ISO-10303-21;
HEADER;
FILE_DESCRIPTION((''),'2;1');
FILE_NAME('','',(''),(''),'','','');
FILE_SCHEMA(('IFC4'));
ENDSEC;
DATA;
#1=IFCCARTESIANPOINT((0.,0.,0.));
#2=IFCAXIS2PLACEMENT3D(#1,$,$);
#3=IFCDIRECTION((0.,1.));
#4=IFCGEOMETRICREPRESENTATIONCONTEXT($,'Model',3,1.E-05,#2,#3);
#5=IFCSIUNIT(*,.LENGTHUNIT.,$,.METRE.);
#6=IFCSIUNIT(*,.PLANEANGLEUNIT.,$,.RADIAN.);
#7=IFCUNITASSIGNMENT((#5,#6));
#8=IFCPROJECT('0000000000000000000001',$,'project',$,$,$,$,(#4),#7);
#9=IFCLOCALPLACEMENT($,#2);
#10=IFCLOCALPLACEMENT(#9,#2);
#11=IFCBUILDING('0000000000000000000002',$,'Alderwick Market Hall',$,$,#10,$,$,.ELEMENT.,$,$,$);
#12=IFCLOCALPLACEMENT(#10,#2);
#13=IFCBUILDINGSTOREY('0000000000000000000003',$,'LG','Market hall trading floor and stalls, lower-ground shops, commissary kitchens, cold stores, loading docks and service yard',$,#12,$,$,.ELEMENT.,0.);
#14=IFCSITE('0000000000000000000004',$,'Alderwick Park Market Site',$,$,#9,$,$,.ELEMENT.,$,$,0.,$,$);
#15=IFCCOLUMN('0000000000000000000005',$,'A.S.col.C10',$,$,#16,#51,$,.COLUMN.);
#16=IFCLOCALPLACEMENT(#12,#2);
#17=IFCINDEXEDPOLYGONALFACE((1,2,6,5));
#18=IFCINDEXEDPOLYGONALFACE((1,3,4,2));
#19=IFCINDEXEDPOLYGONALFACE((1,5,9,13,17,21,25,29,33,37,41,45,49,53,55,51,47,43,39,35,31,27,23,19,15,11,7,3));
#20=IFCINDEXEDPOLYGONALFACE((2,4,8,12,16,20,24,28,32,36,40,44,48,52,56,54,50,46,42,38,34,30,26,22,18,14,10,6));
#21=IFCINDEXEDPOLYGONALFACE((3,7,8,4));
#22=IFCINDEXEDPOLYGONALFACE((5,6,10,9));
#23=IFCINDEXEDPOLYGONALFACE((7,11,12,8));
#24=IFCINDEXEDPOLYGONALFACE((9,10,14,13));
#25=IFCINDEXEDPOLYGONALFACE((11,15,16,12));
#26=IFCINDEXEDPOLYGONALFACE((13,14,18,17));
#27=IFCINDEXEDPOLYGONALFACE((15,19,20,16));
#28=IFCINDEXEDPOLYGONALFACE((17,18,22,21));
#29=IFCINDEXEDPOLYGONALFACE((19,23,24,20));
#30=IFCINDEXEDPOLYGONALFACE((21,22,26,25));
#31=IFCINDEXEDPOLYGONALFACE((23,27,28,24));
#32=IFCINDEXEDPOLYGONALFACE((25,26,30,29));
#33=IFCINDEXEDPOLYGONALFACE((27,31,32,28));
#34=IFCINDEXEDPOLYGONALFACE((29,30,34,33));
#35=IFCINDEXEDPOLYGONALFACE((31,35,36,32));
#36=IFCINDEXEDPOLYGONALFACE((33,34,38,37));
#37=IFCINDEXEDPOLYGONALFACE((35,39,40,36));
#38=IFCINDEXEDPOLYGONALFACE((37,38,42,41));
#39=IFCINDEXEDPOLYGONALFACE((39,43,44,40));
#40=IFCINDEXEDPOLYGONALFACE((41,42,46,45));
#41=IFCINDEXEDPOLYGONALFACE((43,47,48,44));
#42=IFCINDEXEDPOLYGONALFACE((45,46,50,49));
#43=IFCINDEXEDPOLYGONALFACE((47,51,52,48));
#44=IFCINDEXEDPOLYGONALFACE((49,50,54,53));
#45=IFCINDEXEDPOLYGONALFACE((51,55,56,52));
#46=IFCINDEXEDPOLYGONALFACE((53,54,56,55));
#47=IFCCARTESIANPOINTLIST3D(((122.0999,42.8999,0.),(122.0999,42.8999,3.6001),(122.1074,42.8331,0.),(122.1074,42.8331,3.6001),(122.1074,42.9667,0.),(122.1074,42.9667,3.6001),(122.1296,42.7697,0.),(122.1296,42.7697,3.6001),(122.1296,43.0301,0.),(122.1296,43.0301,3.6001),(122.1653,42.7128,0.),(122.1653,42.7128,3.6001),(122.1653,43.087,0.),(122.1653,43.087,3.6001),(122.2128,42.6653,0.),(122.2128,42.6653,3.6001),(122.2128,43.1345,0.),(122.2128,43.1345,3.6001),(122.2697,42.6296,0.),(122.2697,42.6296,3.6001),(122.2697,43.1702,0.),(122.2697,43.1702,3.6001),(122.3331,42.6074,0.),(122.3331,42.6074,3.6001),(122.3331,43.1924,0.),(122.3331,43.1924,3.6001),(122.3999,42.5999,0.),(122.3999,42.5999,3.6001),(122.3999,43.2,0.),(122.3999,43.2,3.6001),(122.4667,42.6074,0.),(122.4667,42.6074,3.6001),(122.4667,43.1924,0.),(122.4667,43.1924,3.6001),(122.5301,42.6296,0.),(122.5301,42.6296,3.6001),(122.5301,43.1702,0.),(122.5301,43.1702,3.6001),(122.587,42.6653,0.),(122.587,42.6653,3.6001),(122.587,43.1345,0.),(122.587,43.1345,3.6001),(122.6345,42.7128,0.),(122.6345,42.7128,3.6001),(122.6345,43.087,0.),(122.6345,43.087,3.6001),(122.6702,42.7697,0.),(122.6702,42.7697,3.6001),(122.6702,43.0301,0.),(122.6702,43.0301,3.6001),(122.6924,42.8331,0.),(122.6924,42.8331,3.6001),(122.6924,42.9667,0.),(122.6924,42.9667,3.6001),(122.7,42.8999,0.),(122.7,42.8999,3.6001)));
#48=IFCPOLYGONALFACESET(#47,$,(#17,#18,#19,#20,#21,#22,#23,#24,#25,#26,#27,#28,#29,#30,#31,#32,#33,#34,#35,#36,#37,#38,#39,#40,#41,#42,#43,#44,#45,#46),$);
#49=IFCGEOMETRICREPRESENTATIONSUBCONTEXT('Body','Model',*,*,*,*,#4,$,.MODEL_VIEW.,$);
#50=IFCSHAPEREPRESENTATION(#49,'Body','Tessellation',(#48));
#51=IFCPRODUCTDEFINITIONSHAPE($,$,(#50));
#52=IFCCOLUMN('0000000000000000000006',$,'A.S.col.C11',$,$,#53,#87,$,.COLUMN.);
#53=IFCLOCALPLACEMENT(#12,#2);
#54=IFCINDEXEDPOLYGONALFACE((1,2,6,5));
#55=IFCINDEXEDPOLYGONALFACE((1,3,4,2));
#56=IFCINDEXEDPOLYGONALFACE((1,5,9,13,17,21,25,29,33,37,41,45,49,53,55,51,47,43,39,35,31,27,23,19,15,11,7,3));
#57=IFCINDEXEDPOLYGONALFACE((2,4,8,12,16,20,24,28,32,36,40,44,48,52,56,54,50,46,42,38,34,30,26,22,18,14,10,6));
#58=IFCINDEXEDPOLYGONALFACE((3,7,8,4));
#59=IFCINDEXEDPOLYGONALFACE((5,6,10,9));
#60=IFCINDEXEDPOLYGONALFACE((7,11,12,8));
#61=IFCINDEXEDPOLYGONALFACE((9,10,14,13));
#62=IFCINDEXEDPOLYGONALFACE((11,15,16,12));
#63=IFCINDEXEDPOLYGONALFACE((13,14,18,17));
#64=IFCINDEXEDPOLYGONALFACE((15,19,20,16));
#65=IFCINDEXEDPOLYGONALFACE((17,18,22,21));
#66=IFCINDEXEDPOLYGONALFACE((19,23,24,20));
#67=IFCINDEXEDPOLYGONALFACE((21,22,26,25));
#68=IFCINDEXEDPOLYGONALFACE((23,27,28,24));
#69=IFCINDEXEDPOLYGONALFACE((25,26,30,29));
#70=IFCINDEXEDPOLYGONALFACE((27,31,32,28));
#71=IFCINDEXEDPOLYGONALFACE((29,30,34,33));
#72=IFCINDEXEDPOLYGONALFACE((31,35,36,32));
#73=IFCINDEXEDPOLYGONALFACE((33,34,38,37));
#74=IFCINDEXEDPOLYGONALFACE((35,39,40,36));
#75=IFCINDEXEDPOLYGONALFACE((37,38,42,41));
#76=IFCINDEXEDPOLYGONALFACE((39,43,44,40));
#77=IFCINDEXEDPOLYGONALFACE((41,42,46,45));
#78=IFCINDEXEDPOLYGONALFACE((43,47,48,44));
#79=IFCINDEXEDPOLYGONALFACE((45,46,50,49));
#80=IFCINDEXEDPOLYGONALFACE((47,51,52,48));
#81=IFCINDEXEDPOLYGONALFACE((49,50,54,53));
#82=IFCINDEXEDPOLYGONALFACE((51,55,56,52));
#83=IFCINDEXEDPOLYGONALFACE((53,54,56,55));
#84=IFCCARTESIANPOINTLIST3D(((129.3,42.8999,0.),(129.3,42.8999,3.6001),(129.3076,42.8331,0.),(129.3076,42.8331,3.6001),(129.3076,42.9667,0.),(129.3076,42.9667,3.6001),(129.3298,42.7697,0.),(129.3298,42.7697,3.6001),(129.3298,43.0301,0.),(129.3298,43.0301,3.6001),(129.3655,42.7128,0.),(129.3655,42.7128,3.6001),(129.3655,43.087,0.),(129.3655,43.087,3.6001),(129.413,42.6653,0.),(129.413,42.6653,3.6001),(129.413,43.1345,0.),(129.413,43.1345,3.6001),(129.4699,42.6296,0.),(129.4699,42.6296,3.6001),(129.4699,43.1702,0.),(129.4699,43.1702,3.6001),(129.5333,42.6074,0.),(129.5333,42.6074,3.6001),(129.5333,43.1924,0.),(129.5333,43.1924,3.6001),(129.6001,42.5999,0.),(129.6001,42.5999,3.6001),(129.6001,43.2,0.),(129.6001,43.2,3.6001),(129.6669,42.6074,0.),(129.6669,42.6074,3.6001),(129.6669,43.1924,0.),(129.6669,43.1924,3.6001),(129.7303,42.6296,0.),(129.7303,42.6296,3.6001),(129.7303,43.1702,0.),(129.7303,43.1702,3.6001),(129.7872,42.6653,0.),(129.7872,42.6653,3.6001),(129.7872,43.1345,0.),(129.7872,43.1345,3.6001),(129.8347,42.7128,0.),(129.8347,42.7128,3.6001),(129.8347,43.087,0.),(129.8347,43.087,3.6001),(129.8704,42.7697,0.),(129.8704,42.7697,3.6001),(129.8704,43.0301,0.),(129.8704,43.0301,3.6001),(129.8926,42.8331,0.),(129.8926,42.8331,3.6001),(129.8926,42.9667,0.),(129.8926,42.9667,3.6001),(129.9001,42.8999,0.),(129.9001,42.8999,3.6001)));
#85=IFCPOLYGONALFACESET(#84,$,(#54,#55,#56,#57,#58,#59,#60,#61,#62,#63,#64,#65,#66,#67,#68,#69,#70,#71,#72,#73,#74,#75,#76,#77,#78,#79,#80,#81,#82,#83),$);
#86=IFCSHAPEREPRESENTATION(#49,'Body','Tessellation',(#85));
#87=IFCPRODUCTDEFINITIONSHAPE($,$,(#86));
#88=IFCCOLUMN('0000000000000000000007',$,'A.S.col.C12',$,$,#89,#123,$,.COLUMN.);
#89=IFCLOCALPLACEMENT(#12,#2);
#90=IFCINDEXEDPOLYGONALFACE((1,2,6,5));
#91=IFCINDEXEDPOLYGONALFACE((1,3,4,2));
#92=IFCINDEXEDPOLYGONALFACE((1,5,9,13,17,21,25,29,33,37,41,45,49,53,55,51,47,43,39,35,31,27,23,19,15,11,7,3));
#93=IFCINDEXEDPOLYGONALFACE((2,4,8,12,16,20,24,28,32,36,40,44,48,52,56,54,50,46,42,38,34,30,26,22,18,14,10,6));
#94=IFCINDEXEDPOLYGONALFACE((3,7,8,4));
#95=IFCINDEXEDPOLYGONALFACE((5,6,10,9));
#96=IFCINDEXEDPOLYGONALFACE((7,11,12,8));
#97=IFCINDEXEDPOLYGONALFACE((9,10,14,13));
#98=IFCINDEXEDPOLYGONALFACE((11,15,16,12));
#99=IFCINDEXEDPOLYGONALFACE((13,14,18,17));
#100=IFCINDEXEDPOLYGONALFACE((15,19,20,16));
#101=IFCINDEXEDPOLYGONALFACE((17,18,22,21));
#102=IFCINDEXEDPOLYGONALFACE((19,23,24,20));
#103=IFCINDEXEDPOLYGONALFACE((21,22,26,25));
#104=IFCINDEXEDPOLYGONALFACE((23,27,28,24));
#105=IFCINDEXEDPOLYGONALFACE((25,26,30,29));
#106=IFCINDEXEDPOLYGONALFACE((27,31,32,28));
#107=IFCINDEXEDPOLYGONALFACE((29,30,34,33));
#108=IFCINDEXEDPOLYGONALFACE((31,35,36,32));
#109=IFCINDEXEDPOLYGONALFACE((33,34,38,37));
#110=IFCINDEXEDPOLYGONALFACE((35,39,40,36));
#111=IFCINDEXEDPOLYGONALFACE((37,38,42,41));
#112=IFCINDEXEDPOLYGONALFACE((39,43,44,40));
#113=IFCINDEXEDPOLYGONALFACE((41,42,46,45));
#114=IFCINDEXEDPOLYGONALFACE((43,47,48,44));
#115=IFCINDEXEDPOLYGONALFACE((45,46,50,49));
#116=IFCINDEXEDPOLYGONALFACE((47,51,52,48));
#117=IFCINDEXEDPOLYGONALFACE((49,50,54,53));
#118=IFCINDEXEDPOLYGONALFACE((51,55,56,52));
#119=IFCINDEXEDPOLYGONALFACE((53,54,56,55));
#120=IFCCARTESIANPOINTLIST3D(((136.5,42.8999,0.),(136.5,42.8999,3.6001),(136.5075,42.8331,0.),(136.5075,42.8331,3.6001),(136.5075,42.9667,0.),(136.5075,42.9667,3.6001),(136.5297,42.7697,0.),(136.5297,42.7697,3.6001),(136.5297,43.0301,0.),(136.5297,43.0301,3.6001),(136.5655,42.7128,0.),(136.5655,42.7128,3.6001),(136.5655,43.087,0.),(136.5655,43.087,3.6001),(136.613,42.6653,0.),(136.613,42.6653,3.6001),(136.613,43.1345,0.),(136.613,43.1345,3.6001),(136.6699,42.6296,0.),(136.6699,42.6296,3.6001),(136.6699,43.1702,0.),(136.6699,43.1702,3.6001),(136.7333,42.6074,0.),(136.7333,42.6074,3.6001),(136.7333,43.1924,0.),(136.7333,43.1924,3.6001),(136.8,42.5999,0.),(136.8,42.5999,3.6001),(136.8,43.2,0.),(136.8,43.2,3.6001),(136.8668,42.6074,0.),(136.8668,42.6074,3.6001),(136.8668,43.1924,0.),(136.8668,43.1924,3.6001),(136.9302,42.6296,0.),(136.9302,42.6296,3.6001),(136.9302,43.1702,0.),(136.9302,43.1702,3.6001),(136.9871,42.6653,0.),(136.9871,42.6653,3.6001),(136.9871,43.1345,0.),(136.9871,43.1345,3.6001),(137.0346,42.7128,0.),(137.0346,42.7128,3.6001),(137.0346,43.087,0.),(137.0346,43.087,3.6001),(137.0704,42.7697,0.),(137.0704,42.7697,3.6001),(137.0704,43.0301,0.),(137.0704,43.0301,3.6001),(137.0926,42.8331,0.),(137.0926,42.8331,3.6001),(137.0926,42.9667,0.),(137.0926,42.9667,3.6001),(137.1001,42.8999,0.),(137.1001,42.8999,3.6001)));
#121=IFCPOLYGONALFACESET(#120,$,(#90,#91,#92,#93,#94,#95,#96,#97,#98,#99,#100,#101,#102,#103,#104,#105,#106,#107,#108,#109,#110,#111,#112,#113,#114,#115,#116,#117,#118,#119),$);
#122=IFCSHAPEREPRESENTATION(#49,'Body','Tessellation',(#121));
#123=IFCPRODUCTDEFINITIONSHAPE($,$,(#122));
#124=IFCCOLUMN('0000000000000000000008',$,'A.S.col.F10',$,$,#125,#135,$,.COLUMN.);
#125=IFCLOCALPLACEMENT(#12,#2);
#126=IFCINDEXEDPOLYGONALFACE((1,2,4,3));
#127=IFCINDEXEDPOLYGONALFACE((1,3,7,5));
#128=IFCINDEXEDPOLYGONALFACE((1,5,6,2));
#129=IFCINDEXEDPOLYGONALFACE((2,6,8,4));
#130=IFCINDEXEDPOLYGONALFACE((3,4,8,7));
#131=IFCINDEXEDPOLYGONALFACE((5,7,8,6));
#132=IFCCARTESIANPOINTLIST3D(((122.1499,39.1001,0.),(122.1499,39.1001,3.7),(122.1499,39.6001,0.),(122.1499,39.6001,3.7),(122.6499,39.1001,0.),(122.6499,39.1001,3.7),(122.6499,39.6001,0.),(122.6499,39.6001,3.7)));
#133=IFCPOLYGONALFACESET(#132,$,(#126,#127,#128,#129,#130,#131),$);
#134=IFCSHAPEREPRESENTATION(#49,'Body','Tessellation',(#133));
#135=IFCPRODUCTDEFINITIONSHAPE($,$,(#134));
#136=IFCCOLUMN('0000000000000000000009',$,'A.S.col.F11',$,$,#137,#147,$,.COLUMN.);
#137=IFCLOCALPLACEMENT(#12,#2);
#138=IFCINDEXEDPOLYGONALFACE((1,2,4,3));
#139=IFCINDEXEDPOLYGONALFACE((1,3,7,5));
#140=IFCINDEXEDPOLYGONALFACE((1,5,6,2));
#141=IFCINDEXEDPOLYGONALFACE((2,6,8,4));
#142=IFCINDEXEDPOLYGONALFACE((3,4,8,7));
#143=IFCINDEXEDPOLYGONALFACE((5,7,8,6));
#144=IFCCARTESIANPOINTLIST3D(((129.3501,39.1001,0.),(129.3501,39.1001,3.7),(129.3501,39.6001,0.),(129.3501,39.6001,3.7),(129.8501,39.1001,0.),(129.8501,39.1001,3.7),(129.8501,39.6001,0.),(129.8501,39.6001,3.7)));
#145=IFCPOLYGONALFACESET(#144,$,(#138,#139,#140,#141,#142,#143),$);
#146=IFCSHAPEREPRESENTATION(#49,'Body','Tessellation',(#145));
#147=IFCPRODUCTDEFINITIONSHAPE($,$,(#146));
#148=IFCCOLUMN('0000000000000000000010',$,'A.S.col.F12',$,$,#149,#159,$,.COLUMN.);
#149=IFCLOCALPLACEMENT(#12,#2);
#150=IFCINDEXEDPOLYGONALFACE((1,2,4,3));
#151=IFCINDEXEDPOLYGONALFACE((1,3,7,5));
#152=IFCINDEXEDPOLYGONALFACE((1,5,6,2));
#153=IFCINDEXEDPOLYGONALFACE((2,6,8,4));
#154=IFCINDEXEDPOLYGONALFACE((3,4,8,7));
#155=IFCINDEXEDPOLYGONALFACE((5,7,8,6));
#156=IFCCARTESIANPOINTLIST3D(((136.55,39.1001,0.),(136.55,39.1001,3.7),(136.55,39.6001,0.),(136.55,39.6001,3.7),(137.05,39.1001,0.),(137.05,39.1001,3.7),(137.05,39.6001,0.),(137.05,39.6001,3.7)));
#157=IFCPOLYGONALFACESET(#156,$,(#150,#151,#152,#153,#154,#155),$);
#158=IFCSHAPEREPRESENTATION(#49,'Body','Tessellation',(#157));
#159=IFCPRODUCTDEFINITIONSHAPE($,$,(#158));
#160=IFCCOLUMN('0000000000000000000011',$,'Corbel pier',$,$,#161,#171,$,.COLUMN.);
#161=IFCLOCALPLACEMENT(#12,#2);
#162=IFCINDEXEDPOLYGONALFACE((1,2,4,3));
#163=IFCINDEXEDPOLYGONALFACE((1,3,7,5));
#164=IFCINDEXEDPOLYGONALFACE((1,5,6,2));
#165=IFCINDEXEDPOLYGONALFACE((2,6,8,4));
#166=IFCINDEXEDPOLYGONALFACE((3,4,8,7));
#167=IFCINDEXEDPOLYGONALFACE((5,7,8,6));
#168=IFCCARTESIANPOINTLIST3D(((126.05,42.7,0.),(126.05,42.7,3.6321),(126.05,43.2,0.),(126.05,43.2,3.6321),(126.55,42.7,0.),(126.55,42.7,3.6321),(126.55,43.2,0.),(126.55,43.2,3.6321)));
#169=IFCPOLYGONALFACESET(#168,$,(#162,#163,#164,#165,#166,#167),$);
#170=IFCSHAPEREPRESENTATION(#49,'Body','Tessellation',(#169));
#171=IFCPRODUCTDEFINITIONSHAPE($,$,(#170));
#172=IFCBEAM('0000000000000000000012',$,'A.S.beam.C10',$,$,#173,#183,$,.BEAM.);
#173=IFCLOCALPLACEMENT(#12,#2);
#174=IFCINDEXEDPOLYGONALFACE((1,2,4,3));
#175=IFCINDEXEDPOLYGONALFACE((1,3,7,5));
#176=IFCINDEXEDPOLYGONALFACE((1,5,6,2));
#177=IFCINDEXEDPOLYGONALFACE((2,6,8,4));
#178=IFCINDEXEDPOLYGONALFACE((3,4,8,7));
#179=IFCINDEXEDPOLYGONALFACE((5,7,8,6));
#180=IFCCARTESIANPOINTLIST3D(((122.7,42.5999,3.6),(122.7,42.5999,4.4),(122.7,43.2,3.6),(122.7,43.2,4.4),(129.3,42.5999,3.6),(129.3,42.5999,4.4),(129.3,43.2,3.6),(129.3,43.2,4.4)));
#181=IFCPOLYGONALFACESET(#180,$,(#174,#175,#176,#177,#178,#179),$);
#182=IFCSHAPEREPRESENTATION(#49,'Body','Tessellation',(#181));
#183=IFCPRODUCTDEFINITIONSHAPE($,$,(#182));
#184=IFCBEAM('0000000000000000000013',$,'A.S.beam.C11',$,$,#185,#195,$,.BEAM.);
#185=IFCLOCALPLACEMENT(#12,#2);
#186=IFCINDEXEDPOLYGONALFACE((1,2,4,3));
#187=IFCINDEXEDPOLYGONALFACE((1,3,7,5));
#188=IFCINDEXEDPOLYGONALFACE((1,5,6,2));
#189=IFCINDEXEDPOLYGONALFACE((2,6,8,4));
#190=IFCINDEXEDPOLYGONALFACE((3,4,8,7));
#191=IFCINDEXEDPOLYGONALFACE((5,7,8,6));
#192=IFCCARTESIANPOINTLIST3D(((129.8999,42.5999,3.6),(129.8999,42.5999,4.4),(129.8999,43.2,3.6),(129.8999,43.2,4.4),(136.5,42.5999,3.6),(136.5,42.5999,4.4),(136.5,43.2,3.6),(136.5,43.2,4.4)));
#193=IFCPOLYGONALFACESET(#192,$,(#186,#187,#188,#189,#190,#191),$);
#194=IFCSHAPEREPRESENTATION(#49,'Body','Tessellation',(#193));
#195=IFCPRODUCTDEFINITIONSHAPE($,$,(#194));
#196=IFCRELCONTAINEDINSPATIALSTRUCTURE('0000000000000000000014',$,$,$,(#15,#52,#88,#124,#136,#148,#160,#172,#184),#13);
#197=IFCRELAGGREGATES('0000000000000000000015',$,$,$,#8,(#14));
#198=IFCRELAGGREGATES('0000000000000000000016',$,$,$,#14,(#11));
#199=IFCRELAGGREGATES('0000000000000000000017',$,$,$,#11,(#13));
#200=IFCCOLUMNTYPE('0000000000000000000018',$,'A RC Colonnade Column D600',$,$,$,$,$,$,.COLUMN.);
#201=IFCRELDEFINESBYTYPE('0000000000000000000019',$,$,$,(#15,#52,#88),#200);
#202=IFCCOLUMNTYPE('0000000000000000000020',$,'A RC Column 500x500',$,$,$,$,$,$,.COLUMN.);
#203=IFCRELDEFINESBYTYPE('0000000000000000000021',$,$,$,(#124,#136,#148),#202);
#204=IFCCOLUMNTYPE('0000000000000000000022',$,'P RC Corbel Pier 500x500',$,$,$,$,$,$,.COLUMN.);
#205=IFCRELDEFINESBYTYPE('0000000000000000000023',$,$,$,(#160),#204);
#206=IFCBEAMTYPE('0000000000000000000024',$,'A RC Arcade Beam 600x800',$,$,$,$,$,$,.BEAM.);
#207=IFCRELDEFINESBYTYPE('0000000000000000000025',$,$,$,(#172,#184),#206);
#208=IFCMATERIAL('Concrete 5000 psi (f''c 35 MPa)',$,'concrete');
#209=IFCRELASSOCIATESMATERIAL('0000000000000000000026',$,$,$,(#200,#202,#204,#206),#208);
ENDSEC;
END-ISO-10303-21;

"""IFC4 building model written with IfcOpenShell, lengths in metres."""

from ifc_helpers import new_model, si_unit, direction, frame, origin, origin_2d, place, context, subcontext, project, spatial, rectangle, circle, extrude, material, material_profile, profile_set, type_object, element, save


model = new_model("IFC4")

# Units and contexts
model_context = context("Model", 3, precision=1e-05, world=origin(), true_north=direction((0.0, 1.0)))
body_context = subcontext(model_context, "Body", "Model", "MODEL_VIEW")
ifc_project = project(units=[si_unit("LENGTHUNIT", "METRE"), si_unit("PLANEANGLEUNIT", "RADIAN")], contexts=[model_context])

# Site, building, storey
site_placement = place(None, origin())
site = spatial("IfcSite", under=ifc_project, at=site_placement, Name="Alderwick Park Market Site", CompositionType="ELEMENT", RefElevation=0.0)
building_placement = place(site_placement, origin())
building = spatial("IfcBuilding", under=site, at=building_placement, Name="Alderwick Market Hall", CompositionType="ELEMENT")
storey_placement = place(building_placement, origin())
storey = spatial("IfcBuildingStorey", under=building, at=storey_placement, Name="LG", Description="Market hall trading floor and stalls, lower-ground shops, commissary kitchens, cold stores, loading docks and service yard", CompositionType="ELEMENT", Elevation=0.0)

# Columns
ifc_material_1 = material(Name="Concrete 5000 psi (f'c 35 MPa)", Category="concrete")
ifc_material_profile_1 = material_profile(ifc_material_1, circle(Radius=0.3, at=origin_2d()), Name="A RC Colonnade Column D600")
ifc_profile_set_1 = profile_set([ifc_material_profile_1], Name="Concrete 5000 psi (f'c 35 MPa)")
column_type_1 = type_object("IfcColumnType", Name="A RC Colonnade Column D600", PredefinedType="COLUMN", material=ifc_profile_set_1)
for number, where, z_axis, x_axis, name in (
    (1, (122.3999, 42.8999, 0.0), (0.0, 0.0, 1.0), (1.0, 0.0, 0.0), "A.S.col.C10"),
    (2, (129.6001, 42.8999, 0.0), (0.0, 0.0, 1.0), (1.0, 0.0, 0.0), "A.S.col.C11"),
    (3, (136.8, 42.8999, 0.0), (0.0, 0.0, 1.0), (1.0, 0.0, 0.0), "A.S.col.C12"),
):
    element("IfcColumn", number, at=place(storey_placement, frame(where, z_axis=z_axis, x_axis=x_axis)), inside=storey, type_object=column_type_1, Name=name, PredefinedType="COLUMN", context=body_context, shape_type="SweptSolid", body=[
        extrude(circle(Radius=0.3, at=origin_2d()), origin(), (0.0, 0.0, 1.0), 3.6001),
    ])
ifc_material_profile_2 = material_profile(ifc_material_1, rectangle(XDim=0.5, YDim=0.5, at=origin_2d()), Name="A RC Column 500x500")
ifc_profile_set_2 = profile_set([ifc_material_profile_2], Name="Concrete 5000 psi (f'c 35 MPa)")
column_type_2 = type_object("IfcColumnType", Name="A RC Column 500x500", PredefinedType="COLUMN", material=ifc_profile_set_2)
for number, where, z_axis, x_axis, name in (
    (4, (122.3999, 39.3501, 0.0), (0.0, 0.0, 1.0), (1.0, 0.0, 0.0), "A.S.col.F10"),
    (5, (129.6001, 39.3501, 0.0), (0.0, 0.0, 1.0), (1.0, 0.0, 0.0), "A.S.col.F11"),
    (6, (136.8, 39.3501, 0.0), (0.0, 0.0, 1.0), (1.0, 0.0, 0.0), "A.S.col.F12"),
):
    element("IfcColumn", number, at=place(storey_placement, frame(where, z_axis=z_axis, x_axis=x_axis)), inside=storey, type_object=column_type_2, Name=name, PredefinedType="COLUMN", context=body_context, shape_type="SweptSolid", body=[
        extrude(rectangle(XDim=0.5, YDim=0.5, at=origin_2d()), origin(), (0.0, 0.0, 1.0), 3.7),
    ])
ifc_material_profile_3 = material_profile(ifc_material_1, rectangle(XDim=0.5, YDim=0.5, at=origin_2d()), Name="P RC Corbel Pier 500x500")
ifc_profile_set_3 = profile_set([ifc_material_profile_3], Name="Concrete 5000 psi (f'c 35 MPa)")
column_type_3 = type_object("IfcColumnType", Name="P RC Corbel Pier 500x500", PredefinedType="COLUMN", material=ifc_profile_set_3)
column_placement = place(storey_placement, frame((126.3, 42.95, 0.0), z_axis=(0.0, 0.0, 1.0), x_axis=(1.0, 0.0, 0.0)))
element("IfcColumn", 7, at=column_placement, inside=storey, type_object=column_type_3, Name="Corbel pier", PredefinedType="COLUMN", context=body_context, shape_type="SweptSolid", body=[
    extrude(rectangle(XDim=0.5, YDim=0.5, at=origin_2d()), origin(), (0.0, 0.0, 1.0), 3.6321),
])

# Beams
ifc_material_profile_4 = material_profile(ifc_material_1, rectangle(XDim=0.6001, YDim=0.8, at=origin_2d()), Name="A RC Arcade Beam 600x800")
ifc_profile_set_4 = profile_set([ifc_material_profile_4], Name="Concrete 5000 psi (f'c 35 MPa)")
beam_type_1 = type_object("IfcBeamType", Name="A RC Arcade Beam 600x800", PredefinedType="BEAM", material=ifc_profile_set_4)
for number, where, z_axis, x_axis, name in (
    (8, (122.7, 42.8999, 4.0), (1.0, 0.0, 0.0), (0.0, 1.0, 0.0), "A.S.beam.C10"),
    (9, (129.8999, 42.8999, 4.0), (1.0, 0.0, 0.0), (0.0, 1.0, 0.0), "A.S.beam.C11"),
):
    element("IfcBeam", number, at=place(storey_placement, frame(where, z_axis=z_axis, x_axis=x_axis)), inside=storey, type_object=beam_type_1, Name=name, PredefinedType="BEAM", context=body_context, shape_type="SweptSolid", body=[
        extrude(rectangle(XDim=0.6001, YDim=0.8, at=origin_2d()), origin(), (0.0, 0.0, 1.0), 6.6001),
    ])

save(model, "model.ifc")
